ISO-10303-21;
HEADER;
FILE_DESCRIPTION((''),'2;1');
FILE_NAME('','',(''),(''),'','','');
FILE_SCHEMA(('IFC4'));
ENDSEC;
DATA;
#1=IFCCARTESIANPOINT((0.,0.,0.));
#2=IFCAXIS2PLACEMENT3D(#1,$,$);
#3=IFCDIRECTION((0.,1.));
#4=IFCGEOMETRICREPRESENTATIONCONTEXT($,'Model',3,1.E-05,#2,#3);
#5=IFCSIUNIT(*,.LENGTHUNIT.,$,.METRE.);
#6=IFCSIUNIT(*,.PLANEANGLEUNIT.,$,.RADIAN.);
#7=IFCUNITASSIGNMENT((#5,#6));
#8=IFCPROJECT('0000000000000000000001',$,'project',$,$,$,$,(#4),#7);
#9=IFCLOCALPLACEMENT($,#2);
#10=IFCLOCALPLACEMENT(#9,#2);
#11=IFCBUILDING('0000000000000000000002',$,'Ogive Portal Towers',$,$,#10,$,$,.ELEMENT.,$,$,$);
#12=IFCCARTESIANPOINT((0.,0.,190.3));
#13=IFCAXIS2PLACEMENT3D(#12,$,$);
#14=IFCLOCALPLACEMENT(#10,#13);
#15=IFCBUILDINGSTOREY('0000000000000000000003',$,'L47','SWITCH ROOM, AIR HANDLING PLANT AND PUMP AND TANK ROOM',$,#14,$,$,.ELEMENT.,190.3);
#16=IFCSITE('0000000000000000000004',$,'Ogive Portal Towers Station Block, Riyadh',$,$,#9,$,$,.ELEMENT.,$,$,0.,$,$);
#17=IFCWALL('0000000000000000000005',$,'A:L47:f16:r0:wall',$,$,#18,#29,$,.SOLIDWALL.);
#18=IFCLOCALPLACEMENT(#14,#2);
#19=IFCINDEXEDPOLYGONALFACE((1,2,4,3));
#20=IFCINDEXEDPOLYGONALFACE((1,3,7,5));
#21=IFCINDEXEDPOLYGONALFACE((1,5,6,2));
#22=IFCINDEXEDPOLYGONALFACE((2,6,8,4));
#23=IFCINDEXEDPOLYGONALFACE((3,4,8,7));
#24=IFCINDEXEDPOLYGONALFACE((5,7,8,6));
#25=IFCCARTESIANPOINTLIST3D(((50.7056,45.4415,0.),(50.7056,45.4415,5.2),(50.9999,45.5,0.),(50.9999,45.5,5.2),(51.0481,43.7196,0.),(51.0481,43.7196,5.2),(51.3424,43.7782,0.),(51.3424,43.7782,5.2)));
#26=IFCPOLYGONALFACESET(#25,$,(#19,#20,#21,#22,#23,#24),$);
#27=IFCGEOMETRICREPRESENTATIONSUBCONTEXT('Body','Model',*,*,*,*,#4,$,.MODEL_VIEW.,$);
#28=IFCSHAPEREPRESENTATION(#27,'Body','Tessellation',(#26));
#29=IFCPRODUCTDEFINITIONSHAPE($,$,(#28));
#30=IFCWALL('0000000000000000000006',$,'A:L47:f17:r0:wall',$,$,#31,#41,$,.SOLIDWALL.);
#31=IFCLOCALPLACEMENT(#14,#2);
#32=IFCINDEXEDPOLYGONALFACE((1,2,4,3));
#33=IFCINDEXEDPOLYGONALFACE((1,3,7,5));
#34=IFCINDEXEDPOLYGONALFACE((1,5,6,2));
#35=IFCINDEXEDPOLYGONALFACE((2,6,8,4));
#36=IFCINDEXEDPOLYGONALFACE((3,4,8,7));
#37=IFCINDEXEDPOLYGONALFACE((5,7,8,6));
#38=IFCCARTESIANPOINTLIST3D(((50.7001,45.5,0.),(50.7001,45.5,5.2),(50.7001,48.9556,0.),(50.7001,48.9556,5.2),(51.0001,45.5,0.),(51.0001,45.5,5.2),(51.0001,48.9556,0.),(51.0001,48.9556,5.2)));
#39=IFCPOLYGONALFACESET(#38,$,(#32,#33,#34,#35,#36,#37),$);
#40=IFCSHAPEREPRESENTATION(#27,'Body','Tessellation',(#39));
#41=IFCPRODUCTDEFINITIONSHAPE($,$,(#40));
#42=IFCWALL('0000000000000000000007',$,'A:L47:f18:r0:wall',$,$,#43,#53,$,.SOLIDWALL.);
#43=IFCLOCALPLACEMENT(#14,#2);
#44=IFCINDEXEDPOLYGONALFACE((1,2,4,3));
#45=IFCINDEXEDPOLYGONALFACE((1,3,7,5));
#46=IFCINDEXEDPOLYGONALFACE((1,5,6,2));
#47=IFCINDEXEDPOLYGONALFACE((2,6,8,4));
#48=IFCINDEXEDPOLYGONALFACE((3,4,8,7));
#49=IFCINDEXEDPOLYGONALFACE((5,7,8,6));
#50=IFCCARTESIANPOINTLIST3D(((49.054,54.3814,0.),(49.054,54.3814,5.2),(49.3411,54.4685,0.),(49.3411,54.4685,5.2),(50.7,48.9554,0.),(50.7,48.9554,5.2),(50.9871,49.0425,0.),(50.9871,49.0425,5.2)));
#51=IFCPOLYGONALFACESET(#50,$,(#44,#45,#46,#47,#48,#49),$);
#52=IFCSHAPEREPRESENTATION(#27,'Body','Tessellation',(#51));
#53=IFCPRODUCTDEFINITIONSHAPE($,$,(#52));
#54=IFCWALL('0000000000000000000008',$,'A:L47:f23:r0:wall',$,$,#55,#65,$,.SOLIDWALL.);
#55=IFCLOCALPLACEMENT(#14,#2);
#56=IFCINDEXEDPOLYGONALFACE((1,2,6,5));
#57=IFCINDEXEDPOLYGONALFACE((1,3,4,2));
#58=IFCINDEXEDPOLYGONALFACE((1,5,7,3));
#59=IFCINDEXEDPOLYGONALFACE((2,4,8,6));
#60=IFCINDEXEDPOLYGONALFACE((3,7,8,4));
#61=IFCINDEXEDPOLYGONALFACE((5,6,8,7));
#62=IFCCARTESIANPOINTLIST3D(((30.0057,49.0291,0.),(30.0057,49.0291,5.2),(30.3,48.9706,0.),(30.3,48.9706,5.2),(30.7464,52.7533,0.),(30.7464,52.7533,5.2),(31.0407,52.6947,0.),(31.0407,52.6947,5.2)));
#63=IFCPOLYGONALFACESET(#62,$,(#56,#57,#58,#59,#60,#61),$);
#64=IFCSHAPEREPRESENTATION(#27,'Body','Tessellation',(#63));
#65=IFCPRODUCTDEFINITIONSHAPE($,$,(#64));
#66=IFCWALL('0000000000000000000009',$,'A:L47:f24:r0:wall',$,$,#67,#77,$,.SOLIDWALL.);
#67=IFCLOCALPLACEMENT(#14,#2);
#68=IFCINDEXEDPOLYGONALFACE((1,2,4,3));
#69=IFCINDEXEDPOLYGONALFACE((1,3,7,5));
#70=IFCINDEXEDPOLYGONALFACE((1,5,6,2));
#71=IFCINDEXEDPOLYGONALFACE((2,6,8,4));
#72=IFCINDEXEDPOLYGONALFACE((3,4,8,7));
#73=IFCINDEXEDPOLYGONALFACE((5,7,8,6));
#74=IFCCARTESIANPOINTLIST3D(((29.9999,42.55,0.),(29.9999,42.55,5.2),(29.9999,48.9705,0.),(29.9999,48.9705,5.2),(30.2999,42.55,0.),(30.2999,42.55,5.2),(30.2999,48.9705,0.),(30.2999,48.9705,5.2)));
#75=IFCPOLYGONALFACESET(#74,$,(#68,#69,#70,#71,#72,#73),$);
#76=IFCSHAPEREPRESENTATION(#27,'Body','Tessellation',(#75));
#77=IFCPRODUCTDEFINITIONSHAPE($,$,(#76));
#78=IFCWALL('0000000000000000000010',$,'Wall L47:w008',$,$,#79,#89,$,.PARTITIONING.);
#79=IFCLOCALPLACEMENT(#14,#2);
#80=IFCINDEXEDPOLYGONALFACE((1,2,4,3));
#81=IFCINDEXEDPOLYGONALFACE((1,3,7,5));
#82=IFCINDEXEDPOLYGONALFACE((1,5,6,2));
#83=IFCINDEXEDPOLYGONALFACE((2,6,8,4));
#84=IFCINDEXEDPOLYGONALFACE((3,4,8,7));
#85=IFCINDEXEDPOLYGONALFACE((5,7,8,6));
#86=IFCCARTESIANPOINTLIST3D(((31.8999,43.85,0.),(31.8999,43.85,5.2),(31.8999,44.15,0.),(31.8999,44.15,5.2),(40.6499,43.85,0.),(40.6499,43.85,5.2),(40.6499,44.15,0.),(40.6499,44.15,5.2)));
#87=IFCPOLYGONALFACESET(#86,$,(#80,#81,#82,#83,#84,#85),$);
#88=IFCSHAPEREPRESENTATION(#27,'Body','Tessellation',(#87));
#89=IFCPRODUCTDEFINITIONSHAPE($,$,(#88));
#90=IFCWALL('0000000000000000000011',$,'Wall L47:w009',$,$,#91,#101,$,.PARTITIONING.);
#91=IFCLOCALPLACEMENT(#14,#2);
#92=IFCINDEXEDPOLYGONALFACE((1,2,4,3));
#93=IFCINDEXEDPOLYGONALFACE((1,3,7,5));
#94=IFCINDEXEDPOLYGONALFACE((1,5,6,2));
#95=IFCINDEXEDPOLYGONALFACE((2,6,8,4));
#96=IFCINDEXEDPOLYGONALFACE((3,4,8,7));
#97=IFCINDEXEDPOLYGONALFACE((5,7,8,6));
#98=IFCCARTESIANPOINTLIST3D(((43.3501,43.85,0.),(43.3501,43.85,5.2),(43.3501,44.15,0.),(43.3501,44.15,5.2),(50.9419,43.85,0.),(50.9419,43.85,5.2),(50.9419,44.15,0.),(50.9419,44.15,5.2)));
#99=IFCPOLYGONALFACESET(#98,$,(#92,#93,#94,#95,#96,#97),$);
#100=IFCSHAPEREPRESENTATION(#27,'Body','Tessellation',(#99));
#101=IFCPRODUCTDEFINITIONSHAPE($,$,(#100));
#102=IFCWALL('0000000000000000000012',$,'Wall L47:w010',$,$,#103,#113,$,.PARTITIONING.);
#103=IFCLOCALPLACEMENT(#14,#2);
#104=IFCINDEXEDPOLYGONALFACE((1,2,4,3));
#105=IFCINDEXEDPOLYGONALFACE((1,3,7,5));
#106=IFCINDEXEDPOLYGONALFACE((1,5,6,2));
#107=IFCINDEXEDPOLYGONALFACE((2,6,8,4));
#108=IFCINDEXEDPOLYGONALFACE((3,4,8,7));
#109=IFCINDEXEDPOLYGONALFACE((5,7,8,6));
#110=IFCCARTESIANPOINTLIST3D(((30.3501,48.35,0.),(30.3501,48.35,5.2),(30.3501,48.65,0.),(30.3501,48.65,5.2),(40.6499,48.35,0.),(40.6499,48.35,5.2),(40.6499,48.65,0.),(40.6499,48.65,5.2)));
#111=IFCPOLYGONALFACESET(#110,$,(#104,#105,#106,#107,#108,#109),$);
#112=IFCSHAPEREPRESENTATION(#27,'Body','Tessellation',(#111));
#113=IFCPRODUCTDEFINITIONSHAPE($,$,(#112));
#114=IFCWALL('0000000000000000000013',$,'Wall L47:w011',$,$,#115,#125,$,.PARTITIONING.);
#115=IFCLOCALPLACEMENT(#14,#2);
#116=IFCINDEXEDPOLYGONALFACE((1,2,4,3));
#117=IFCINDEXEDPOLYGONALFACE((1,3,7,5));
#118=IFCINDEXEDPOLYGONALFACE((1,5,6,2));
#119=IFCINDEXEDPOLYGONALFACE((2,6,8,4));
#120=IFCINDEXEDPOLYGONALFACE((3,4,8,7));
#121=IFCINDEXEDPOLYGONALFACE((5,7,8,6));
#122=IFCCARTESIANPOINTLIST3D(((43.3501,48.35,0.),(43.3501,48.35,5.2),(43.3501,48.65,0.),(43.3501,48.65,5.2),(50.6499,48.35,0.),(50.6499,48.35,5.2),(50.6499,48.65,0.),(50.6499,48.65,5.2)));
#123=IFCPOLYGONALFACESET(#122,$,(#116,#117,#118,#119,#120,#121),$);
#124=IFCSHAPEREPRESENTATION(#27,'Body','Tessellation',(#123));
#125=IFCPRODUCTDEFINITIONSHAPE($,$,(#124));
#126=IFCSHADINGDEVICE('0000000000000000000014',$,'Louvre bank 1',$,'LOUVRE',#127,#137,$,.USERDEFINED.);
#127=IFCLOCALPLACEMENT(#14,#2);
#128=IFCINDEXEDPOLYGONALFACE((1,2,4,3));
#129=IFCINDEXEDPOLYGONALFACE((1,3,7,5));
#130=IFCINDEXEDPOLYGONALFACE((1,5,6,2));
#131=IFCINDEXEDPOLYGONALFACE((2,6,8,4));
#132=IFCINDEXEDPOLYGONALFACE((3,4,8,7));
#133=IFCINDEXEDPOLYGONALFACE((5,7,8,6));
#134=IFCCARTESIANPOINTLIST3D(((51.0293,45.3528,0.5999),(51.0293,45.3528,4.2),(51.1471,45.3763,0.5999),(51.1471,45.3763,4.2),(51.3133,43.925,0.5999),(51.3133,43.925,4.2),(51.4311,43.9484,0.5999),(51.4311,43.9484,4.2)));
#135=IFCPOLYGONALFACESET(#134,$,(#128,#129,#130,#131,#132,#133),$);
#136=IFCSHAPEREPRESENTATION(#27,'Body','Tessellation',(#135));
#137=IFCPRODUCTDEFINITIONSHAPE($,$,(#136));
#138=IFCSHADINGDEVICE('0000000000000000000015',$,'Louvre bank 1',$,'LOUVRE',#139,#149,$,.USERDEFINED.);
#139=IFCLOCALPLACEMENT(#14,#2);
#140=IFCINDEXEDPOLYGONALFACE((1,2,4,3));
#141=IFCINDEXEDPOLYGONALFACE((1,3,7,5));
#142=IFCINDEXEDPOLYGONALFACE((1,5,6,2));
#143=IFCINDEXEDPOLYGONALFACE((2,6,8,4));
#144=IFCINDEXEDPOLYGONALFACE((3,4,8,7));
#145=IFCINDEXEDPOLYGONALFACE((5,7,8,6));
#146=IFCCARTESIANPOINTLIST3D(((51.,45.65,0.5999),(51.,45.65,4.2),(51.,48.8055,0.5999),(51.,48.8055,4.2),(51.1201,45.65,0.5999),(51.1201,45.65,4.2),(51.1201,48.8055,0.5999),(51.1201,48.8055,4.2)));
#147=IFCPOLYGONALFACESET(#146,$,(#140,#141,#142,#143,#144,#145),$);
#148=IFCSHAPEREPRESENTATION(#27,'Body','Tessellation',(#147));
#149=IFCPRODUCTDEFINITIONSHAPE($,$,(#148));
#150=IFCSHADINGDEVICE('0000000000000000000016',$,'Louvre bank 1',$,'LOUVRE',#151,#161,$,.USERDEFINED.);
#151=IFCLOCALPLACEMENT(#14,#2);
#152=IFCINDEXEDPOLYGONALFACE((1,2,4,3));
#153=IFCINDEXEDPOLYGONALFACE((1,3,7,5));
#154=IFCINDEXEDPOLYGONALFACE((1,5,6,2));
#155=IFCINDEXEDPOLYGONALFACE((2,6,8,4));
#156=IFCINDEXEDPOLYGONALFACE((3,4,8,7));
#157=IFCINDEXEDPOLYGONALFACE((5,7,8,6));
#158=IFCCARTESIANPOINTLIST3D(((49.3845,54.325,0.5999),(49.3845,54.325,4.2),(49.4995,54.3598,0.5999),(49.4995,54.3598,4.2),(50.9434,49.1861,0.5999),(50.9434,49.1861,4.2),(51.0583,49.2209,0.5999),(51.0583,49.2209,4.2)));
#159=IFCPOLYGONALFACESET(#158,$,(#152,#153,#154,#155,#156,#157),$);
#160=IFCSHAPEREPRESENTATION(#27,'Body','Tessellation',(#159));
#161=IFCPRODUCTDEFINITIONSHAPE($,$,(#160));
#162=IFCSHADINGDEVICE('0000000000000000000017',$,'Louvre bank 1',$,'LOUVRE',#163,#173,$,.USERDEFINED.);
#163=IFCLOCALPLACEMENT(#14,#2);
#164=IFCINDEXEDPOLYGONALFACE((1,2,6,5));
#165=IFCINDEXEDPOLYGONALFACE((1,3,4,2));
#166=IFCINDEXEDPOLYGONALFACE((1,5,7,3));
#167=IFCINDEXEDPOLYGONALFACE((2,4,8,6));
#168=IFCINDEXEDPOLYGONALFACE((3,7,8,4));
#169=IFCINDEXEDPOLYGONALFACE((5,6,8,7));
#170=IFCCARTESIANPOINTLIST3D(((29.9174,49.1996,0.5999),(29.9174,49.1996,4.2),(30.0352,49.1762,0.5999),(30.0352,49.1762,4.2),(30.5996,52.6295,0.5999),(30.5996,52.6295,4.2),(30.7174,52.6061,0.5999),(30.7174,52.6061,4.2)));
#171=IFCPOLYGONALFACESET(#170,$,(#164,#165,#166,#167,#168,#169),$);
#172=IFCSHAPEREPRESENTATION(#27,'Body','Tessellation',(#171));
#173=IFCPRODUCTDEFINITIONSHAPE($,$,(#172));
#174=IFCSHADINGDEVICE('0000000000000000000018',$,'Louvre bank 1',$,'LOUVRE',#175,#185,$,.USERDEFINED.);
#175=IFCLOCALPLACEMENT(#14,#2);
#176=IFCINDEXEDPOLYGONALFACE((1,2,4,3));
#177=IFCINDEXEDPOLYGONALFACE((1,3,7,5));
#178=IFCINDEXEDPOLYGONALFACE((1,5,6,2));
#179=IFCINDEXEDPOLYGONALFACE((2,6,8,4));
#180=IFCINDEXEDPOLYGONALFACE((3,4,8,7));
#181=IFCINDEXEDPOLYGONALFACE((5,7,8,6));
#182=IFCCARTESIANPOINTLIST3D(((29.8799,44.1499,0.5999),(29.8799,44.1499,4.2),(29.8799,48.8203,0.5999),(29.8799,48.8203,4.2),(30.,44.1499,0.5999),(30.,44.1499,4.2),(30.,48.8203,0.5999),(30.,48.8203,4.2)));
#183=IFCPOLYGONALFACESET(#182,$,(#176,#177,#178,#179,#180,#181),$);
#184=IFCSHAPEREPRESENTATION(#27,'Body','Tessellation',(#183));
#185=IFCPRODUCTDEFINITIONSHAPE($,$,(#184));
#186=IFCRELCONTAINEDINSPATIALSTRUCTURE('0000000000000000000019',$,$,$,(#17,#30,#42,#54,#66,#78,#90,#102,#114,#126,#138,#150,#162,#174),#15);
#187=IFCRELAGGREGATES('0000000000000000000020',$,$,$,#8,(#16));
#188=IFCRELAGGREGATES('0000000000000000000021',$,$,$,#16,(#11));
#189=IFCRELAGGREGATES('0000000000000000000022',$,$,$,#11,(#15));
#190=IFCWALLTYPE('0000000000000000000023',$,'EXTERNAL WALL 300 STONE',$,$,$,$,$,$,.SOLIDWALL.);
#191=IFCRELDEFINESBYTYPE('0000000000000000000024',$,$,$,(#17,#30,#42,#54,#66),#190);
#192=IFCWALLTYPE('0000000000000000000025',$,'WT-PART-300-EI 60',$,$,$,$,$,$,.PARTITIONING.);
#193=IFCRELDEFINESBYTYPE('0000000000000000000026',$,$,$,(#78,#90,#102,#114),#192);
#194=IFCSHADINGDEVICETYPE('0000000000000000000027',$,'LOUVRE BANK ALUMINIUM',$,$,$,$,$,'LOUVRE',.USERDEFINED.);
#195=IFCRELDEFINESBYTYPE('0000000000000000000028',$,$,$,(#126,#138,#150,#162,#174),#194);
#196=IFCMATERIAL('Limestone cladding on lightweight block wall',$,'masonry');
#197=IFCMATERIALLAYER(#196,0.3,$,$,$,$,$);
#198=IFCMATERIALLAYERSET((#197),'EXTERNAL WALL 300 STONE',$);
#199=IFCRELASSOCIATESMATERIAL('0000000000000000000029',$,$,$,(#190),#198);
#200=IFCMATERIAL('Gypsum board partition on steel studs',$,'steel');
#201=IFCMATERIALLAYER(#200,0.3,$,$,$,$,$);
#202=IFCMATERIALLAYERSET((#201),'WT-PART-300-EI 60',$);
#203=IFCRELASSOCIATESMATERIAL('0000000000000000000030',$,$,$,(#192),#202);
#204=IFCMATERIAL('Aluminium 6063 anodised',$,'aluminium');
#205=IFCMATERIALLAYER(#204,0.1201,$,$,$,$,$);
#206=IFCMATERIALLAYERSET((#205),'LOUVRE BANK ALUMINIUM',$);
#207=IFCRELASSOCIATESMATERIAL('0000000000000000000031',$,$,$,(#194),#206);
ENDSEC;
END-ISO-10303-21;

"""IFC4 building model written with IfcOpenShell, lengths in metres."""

from ifc_helpers import new_model, si_unit, direction, frame, frame_2d, origin, origin_2d, place, context, subcontext, project, spatial, rectangle, extrude, material, layer, layer_set, type_object, element, save


model = new_model("IFC4")

# Units and contexts
model_context = context("Model", 3, precision=1e-05, world=origin(), true_north=direction((0.0, 1.0)))
body_context = subcontext(model_context, "Body", "Model", "MODEL_VIEW")
ifc_project = project(units=[si_unit("LENGTHUNIT", "METRE"), si_unit("PLANEANGLEUNIT", "RADIAN")], contexts=[model_context])

# Site, building, storey
site_placement = place(None, origin())
site = spatial("IfcSite", under=ifc_project, at=site_placement, Name="Ogive Portal Towers Station Block, Riyadh", CompositionType="ELEMENT", RefElevation=0.0)
building_placement = place(site_placement, origin())
building = spatial("IfcBuilding", under=site, at=building_placement, Name="Ogive Portal Towers", CompositionType="ELEMENT")
storey_placement = place(building_placement, frame((0.0, 0.0, 190.3)))
storey = spatial("IfcBuildingStorey", under=building, at=storey_placement, Name="L47", Description="SWITCH ROOM, AIR HANDLING PLANT AND PUMP AND TANK ROOM", CompositionType="ELEMENT", Elevation=190.3)

# Walls
ifc_material_1 = material(Name="Limestone cladding on lightweight block wall", Category="masonry")
ifc_layer_1 = layer(ifc_material_1, 0.3)
ifc_layer_set_1 = layer_set([ifc_layer_1], Name="EXTERNAL WALL 300 STONE")
wall_type_1 = type_object("IfcWallType", Name="EXTERNAL WALL 300 STONE", PredefinedType="SOLIDWALL", material=ifc_layer_set_1)
wall_1_placement = place(storey_placement, frame((51.1953, 43.7488, 0.0), z_axis=(0.0, 0.0, 1.0), x_axis=(-0.1951, 0.980783, 0.0)))
element("IfcWall", 1, at=wall_1_placement, inside=storey, type_object=wall_type_1, Name="A:L47:f16:r0:wall", PredefinedType="SOLIDWALL", context=body_context, shape_type="SweptSolid", body=[
    extrude(rectangle(XDim=1.7556, YDim=0.3, at=frame_2d((0.8779, 0.0))), origin(), (0.0, 0.0, 1.0), 5.2),
])
wall_2_placement = place(storey_placement, frame((50.8501, 45.5, 0.0), z_axis=(0.0, 0.0, 1.0), x_axis=(0.0, 1.0, 0.0)))
element("IfcWall", 2, at=wall_2_placement, inside=storey, type_object=wall_type_1, Name="A:L47:f17:r0:wall", PredefinedType="SOLIDWALL", context=body_context, shape_type="SweptSolid", body=[
    extrude(rectangle(XDim=3.4556, YDim=0.3, at=frame_2d((1.7278, 0.0))), origin(), (0.0, 0.0, 1.0), 5.2),
])
wall_3_placement = place(storey_placement, frame((50.8435, 48.999, 0.0), z_axis=(0.0, 0.0, 1.0), x_axis=(-0.290289, 0.956939, 0.0)))
element("IfcWall", 3, at=wall_3_placement, inside=storey, type_object=wall_type_1, Name="A:L47:f18:r0:wall", PredefinedType="SOLIDWALL", context=body_context, shape_type="SweptSolid", body=[
    extrude(rectangle(XDim=5.6702, YDim=0.3, at=frame_2d((2.835, 0.0))), origin(), (0.0, 0.0, 1.0), 5.2),
])
wall_4_placement = place(storey_placement, frame((30.8936, 52.7239, 0.0), z_axis=(0.0, 0.0, 1.0), x_axis=(-0.195077, -0.980788, 0.0)))
element("IfcWall", 4, at=wall_4_placement, inside=storey, type_object=wall_type_1, Name="A:L47:f23:r0:wall", PredefinedType="SOLIDWALL", context=body_context, shape_type="SweptSolid", body=[
    extrude(rectangle(XDim=3.7971, YDim=0.3, at=frame_2d((1.8984, 0.0))), origin(), (0.0, 0.0, 1.0), 5.2),
])
wall_5_placement = place(storey_placement, frame((30.1499, 48.9705, 0.0), z_axis=(0.0, 0.0, 1.0), x_axis=(0.0, -1.0, 0.0)))
element("IfcWall", 5, at=wall_5_placement, inside=storey, type_object=wall_type_1, Name="A:L47:f24:r0:wall", PredefinedType="SOLIDWALL", context=body_context, shape_type="SweptSolid", body=[
    extrude(rectangle(XDim=6.4204, YDim=0.3, at=frame_2d((3.2102, 0.0))), origin(), (0.0, 0.0, 1.0), 5.2),
])
ifc_material_2 = material(Name="Gypsum board partition on steel studs", Category="steel")
ifc_layer_2 = layer(ifc_material_2, 0.3)
ifc_layer_set_2 = layer_set([ifc_layer_2], Name="WT-PART-300-EI 60")
wall_type_2 = type_object("IfcWallType", Name="WT-PART-300-EI 60", PredefinedType="PARTITIONING", material=ifc_layer_set_2)
wall_6_placement = place(storey_placement, frame((31.8999, 44.0, 0.0), z_axis=(0.0, 0.0, 1.0), x_axis=(1.0, 0.0, 0.0)))
element("IfcWall", 6, at=wall_6_placement, inside=storey, type_object=wall_type_2, Name="Wall L47:w008", PredefinedType="PARTITIONING", context=body_context, shape_type="SweptSolid", body=[
    extrude(rectangle(XDim=8.75, YDim=0.3, at=frame_2d((4.375, 0.0))), origin(), (0.0, 0.0, 1.0), 5.2),
])
wall_7_placement = place(storey_placement, frame((43.3501, 44.0, 0.0), z_axis=(0.0, 0.0, 1.0), x_axis=(1.0, 0.0, 0.0)))
element("IfcWall", 7, at=wall_7_placement, inside=storey, type_object=wall_type_2, Name="Wall L47:w009", PredefinedType="PARTITIONING", context=body_context, shape_type="SweptSolid", body=[
    extrude(rectangle(XDim=7.5918, YDim=0.3, at=frame_2d((3.7959, 0.0))), origin(), (0.0, 0.0, 1.0), 5.2),
])
wall_8_placement = place(storey_placement, frame((30.3501, 48.5, 0.0), z_axis=(0.0, 0.0, 1.0), x_axis=(1.0, 0.0, 0.0)))
element("IfcWall", 8, at=wall_8_placement, inside=storey, type_object=wall_type_2, Name="Wall L47:w010", PredefinedType="PARTITIONING", context=body_context, shape_type="SweptSolid", body=[
    extrude(rectangle(XDim=10.2998, YDim=0.3, at=frame_2d((5.1499, 0.0))), origin(), (0.0, 0.0, 1.0), 5.2),
])
wall_9_placement = place(storey_placement, frame((43.3501, 48.5, 0.0), z_axis=(0.0, 0.0, 1.0), x_axis=(1.0, 0.0, 0.0)))
element("IfcWall", 9, at=wall_9_placement, inside=storey, type_object=wall_type_2, Name="Wall L47:w011", PredefinedType="PARTITIONING", context=body_context, shape_type="SweptSolid", body=[
    extrude(rectangle(XDim=7.2998, YDim=0.3, at=frame_2d((3.6499, 0.0))), origin(), (0.0, 0.0, 1.0), 5.2),
])

# Shading devices
ifc_material_3 = material(Name="Aluminium 6063 anodised", Category="aluminium")
ifc_layer_3 = layer(ifc_material_3, 0.1201)
ifc_layer_set_3 = layer_set([ifc_layer_3], Name="LOUVRE BANK ALUMINIUM")
shading_device_type = type_object("IfcShadingDeviceType", Name="LOUVRE BANK ALUMINIUM", ElementType="LOUVRE", PredefinedType="USERDEFINED", material=ifc_layer_set_3)
shading_device_1_placement = place(storey_placement, frame((51.2302, 44.6506, 0.5999), z_axis=(0.0, 0.0, 1.0), x_axis=(-0.19509, 0.980785, 0.0)))
element("IfcShadingDevice", 10, at=shading_device_1_placement, inside=storey, type_object=shading_device_type, Name="Louvre bank 1", ObjectType="LOUVRE", PredefinedType="USERDEFINED", context=body_context, shape_type="SweptSolid", body=[
    extrude(rectangle(XDim=1.4558, YDim=0.1201, at=origin_2d()), origin(), (0.0, 0.0, 1.0), 3.6001),
])
shading_device_2_placement = place(storey_placement, frame((51.0601, 47.2278, 0.5999), z_axis=(0.0, 0.0, 1.0), x_axis=(0.0, 1.0, 0.0)))
element("IfcShadingDevice", 11, at=shading_device_2_placement, inside=storey, type_object=shading_device_type, Name="Louvre bank 1", ObjectType="LOUVRE", PredefinedType="USERDEFINED", context=body_context, shape_type="SweptSolid", body=[
    extrude(rectangle(XDim=3.1555, YDim=0.1201, at=origin_2d()), origin(), (0.0, 0.0, 1.0), 3.6001),
])
shading_device_3_placement = place(storey_placement, frame((50.2214, 51.7729, 0.5999), z_axis=(0.0, 0.0, 1.0), x_axis=(-0.290285, 0.95694, 0.0)))
element("IfcShadingDevice", 12, at=shading_device_3_placement, inside=storey, type_object=shading_device_type, Name="Louvre bank 1", ObjectType="LOUVRE", PredefinedType="USERDEFINED", context=body_context, shape_type="SweptSolid", body=[
    extrude(rectangle(XDim=5.3701, YDim=0.1201, at=origin_2d()), origin(), (0.0, 0.0, 1.0), 3.6001),
])
shading_device_4_placement = place(storey_placement, frame((30.3174, 50.9028, 0.5999), z_axis=(0.0, 0.0, 1.0), x_axis=(-0.19509, -0.980785, 0.0)))
element("IfcShadingDevice", 13, at=shading_device_4_placement, inside=storey, type_object=shading_device_type, Name="Louvre bank 1", ObjectType="LOUVRE", PredefinedType="USERDEFINED", context=body_context, shape_type="SweptSolid", body=[
    extrude(rectangle(XDim=3.4971, YDim=0.1201, at=origin_2d()), origin(), (0.0, 0.0, 1.0), 3.6001),
])
shading_device_5_placement = place(storey_placement, frame((29.9399, 46.4851, 0.5999), z_axis=(0.0, 0.0, 1.0), x_axis=(0.0, -1.0, 0.0)))
element("IfcShadingDevice", 14, at=shading_device_5_placement, inside=storey, type_object=shading_device_type, Name="Louvre bank 1", ObjectType="LOUVRE", PredefinedType="USERDEFINED", context=body_context, shape_type="SweptSolid", body=[
    extrude(rectangle(XDim=4.6704, YDim=0.1201, at=origin_2d()), origin(), (0.0, 0.0, 1.0), 3.6001),
])

save(model, "model.ifc")
